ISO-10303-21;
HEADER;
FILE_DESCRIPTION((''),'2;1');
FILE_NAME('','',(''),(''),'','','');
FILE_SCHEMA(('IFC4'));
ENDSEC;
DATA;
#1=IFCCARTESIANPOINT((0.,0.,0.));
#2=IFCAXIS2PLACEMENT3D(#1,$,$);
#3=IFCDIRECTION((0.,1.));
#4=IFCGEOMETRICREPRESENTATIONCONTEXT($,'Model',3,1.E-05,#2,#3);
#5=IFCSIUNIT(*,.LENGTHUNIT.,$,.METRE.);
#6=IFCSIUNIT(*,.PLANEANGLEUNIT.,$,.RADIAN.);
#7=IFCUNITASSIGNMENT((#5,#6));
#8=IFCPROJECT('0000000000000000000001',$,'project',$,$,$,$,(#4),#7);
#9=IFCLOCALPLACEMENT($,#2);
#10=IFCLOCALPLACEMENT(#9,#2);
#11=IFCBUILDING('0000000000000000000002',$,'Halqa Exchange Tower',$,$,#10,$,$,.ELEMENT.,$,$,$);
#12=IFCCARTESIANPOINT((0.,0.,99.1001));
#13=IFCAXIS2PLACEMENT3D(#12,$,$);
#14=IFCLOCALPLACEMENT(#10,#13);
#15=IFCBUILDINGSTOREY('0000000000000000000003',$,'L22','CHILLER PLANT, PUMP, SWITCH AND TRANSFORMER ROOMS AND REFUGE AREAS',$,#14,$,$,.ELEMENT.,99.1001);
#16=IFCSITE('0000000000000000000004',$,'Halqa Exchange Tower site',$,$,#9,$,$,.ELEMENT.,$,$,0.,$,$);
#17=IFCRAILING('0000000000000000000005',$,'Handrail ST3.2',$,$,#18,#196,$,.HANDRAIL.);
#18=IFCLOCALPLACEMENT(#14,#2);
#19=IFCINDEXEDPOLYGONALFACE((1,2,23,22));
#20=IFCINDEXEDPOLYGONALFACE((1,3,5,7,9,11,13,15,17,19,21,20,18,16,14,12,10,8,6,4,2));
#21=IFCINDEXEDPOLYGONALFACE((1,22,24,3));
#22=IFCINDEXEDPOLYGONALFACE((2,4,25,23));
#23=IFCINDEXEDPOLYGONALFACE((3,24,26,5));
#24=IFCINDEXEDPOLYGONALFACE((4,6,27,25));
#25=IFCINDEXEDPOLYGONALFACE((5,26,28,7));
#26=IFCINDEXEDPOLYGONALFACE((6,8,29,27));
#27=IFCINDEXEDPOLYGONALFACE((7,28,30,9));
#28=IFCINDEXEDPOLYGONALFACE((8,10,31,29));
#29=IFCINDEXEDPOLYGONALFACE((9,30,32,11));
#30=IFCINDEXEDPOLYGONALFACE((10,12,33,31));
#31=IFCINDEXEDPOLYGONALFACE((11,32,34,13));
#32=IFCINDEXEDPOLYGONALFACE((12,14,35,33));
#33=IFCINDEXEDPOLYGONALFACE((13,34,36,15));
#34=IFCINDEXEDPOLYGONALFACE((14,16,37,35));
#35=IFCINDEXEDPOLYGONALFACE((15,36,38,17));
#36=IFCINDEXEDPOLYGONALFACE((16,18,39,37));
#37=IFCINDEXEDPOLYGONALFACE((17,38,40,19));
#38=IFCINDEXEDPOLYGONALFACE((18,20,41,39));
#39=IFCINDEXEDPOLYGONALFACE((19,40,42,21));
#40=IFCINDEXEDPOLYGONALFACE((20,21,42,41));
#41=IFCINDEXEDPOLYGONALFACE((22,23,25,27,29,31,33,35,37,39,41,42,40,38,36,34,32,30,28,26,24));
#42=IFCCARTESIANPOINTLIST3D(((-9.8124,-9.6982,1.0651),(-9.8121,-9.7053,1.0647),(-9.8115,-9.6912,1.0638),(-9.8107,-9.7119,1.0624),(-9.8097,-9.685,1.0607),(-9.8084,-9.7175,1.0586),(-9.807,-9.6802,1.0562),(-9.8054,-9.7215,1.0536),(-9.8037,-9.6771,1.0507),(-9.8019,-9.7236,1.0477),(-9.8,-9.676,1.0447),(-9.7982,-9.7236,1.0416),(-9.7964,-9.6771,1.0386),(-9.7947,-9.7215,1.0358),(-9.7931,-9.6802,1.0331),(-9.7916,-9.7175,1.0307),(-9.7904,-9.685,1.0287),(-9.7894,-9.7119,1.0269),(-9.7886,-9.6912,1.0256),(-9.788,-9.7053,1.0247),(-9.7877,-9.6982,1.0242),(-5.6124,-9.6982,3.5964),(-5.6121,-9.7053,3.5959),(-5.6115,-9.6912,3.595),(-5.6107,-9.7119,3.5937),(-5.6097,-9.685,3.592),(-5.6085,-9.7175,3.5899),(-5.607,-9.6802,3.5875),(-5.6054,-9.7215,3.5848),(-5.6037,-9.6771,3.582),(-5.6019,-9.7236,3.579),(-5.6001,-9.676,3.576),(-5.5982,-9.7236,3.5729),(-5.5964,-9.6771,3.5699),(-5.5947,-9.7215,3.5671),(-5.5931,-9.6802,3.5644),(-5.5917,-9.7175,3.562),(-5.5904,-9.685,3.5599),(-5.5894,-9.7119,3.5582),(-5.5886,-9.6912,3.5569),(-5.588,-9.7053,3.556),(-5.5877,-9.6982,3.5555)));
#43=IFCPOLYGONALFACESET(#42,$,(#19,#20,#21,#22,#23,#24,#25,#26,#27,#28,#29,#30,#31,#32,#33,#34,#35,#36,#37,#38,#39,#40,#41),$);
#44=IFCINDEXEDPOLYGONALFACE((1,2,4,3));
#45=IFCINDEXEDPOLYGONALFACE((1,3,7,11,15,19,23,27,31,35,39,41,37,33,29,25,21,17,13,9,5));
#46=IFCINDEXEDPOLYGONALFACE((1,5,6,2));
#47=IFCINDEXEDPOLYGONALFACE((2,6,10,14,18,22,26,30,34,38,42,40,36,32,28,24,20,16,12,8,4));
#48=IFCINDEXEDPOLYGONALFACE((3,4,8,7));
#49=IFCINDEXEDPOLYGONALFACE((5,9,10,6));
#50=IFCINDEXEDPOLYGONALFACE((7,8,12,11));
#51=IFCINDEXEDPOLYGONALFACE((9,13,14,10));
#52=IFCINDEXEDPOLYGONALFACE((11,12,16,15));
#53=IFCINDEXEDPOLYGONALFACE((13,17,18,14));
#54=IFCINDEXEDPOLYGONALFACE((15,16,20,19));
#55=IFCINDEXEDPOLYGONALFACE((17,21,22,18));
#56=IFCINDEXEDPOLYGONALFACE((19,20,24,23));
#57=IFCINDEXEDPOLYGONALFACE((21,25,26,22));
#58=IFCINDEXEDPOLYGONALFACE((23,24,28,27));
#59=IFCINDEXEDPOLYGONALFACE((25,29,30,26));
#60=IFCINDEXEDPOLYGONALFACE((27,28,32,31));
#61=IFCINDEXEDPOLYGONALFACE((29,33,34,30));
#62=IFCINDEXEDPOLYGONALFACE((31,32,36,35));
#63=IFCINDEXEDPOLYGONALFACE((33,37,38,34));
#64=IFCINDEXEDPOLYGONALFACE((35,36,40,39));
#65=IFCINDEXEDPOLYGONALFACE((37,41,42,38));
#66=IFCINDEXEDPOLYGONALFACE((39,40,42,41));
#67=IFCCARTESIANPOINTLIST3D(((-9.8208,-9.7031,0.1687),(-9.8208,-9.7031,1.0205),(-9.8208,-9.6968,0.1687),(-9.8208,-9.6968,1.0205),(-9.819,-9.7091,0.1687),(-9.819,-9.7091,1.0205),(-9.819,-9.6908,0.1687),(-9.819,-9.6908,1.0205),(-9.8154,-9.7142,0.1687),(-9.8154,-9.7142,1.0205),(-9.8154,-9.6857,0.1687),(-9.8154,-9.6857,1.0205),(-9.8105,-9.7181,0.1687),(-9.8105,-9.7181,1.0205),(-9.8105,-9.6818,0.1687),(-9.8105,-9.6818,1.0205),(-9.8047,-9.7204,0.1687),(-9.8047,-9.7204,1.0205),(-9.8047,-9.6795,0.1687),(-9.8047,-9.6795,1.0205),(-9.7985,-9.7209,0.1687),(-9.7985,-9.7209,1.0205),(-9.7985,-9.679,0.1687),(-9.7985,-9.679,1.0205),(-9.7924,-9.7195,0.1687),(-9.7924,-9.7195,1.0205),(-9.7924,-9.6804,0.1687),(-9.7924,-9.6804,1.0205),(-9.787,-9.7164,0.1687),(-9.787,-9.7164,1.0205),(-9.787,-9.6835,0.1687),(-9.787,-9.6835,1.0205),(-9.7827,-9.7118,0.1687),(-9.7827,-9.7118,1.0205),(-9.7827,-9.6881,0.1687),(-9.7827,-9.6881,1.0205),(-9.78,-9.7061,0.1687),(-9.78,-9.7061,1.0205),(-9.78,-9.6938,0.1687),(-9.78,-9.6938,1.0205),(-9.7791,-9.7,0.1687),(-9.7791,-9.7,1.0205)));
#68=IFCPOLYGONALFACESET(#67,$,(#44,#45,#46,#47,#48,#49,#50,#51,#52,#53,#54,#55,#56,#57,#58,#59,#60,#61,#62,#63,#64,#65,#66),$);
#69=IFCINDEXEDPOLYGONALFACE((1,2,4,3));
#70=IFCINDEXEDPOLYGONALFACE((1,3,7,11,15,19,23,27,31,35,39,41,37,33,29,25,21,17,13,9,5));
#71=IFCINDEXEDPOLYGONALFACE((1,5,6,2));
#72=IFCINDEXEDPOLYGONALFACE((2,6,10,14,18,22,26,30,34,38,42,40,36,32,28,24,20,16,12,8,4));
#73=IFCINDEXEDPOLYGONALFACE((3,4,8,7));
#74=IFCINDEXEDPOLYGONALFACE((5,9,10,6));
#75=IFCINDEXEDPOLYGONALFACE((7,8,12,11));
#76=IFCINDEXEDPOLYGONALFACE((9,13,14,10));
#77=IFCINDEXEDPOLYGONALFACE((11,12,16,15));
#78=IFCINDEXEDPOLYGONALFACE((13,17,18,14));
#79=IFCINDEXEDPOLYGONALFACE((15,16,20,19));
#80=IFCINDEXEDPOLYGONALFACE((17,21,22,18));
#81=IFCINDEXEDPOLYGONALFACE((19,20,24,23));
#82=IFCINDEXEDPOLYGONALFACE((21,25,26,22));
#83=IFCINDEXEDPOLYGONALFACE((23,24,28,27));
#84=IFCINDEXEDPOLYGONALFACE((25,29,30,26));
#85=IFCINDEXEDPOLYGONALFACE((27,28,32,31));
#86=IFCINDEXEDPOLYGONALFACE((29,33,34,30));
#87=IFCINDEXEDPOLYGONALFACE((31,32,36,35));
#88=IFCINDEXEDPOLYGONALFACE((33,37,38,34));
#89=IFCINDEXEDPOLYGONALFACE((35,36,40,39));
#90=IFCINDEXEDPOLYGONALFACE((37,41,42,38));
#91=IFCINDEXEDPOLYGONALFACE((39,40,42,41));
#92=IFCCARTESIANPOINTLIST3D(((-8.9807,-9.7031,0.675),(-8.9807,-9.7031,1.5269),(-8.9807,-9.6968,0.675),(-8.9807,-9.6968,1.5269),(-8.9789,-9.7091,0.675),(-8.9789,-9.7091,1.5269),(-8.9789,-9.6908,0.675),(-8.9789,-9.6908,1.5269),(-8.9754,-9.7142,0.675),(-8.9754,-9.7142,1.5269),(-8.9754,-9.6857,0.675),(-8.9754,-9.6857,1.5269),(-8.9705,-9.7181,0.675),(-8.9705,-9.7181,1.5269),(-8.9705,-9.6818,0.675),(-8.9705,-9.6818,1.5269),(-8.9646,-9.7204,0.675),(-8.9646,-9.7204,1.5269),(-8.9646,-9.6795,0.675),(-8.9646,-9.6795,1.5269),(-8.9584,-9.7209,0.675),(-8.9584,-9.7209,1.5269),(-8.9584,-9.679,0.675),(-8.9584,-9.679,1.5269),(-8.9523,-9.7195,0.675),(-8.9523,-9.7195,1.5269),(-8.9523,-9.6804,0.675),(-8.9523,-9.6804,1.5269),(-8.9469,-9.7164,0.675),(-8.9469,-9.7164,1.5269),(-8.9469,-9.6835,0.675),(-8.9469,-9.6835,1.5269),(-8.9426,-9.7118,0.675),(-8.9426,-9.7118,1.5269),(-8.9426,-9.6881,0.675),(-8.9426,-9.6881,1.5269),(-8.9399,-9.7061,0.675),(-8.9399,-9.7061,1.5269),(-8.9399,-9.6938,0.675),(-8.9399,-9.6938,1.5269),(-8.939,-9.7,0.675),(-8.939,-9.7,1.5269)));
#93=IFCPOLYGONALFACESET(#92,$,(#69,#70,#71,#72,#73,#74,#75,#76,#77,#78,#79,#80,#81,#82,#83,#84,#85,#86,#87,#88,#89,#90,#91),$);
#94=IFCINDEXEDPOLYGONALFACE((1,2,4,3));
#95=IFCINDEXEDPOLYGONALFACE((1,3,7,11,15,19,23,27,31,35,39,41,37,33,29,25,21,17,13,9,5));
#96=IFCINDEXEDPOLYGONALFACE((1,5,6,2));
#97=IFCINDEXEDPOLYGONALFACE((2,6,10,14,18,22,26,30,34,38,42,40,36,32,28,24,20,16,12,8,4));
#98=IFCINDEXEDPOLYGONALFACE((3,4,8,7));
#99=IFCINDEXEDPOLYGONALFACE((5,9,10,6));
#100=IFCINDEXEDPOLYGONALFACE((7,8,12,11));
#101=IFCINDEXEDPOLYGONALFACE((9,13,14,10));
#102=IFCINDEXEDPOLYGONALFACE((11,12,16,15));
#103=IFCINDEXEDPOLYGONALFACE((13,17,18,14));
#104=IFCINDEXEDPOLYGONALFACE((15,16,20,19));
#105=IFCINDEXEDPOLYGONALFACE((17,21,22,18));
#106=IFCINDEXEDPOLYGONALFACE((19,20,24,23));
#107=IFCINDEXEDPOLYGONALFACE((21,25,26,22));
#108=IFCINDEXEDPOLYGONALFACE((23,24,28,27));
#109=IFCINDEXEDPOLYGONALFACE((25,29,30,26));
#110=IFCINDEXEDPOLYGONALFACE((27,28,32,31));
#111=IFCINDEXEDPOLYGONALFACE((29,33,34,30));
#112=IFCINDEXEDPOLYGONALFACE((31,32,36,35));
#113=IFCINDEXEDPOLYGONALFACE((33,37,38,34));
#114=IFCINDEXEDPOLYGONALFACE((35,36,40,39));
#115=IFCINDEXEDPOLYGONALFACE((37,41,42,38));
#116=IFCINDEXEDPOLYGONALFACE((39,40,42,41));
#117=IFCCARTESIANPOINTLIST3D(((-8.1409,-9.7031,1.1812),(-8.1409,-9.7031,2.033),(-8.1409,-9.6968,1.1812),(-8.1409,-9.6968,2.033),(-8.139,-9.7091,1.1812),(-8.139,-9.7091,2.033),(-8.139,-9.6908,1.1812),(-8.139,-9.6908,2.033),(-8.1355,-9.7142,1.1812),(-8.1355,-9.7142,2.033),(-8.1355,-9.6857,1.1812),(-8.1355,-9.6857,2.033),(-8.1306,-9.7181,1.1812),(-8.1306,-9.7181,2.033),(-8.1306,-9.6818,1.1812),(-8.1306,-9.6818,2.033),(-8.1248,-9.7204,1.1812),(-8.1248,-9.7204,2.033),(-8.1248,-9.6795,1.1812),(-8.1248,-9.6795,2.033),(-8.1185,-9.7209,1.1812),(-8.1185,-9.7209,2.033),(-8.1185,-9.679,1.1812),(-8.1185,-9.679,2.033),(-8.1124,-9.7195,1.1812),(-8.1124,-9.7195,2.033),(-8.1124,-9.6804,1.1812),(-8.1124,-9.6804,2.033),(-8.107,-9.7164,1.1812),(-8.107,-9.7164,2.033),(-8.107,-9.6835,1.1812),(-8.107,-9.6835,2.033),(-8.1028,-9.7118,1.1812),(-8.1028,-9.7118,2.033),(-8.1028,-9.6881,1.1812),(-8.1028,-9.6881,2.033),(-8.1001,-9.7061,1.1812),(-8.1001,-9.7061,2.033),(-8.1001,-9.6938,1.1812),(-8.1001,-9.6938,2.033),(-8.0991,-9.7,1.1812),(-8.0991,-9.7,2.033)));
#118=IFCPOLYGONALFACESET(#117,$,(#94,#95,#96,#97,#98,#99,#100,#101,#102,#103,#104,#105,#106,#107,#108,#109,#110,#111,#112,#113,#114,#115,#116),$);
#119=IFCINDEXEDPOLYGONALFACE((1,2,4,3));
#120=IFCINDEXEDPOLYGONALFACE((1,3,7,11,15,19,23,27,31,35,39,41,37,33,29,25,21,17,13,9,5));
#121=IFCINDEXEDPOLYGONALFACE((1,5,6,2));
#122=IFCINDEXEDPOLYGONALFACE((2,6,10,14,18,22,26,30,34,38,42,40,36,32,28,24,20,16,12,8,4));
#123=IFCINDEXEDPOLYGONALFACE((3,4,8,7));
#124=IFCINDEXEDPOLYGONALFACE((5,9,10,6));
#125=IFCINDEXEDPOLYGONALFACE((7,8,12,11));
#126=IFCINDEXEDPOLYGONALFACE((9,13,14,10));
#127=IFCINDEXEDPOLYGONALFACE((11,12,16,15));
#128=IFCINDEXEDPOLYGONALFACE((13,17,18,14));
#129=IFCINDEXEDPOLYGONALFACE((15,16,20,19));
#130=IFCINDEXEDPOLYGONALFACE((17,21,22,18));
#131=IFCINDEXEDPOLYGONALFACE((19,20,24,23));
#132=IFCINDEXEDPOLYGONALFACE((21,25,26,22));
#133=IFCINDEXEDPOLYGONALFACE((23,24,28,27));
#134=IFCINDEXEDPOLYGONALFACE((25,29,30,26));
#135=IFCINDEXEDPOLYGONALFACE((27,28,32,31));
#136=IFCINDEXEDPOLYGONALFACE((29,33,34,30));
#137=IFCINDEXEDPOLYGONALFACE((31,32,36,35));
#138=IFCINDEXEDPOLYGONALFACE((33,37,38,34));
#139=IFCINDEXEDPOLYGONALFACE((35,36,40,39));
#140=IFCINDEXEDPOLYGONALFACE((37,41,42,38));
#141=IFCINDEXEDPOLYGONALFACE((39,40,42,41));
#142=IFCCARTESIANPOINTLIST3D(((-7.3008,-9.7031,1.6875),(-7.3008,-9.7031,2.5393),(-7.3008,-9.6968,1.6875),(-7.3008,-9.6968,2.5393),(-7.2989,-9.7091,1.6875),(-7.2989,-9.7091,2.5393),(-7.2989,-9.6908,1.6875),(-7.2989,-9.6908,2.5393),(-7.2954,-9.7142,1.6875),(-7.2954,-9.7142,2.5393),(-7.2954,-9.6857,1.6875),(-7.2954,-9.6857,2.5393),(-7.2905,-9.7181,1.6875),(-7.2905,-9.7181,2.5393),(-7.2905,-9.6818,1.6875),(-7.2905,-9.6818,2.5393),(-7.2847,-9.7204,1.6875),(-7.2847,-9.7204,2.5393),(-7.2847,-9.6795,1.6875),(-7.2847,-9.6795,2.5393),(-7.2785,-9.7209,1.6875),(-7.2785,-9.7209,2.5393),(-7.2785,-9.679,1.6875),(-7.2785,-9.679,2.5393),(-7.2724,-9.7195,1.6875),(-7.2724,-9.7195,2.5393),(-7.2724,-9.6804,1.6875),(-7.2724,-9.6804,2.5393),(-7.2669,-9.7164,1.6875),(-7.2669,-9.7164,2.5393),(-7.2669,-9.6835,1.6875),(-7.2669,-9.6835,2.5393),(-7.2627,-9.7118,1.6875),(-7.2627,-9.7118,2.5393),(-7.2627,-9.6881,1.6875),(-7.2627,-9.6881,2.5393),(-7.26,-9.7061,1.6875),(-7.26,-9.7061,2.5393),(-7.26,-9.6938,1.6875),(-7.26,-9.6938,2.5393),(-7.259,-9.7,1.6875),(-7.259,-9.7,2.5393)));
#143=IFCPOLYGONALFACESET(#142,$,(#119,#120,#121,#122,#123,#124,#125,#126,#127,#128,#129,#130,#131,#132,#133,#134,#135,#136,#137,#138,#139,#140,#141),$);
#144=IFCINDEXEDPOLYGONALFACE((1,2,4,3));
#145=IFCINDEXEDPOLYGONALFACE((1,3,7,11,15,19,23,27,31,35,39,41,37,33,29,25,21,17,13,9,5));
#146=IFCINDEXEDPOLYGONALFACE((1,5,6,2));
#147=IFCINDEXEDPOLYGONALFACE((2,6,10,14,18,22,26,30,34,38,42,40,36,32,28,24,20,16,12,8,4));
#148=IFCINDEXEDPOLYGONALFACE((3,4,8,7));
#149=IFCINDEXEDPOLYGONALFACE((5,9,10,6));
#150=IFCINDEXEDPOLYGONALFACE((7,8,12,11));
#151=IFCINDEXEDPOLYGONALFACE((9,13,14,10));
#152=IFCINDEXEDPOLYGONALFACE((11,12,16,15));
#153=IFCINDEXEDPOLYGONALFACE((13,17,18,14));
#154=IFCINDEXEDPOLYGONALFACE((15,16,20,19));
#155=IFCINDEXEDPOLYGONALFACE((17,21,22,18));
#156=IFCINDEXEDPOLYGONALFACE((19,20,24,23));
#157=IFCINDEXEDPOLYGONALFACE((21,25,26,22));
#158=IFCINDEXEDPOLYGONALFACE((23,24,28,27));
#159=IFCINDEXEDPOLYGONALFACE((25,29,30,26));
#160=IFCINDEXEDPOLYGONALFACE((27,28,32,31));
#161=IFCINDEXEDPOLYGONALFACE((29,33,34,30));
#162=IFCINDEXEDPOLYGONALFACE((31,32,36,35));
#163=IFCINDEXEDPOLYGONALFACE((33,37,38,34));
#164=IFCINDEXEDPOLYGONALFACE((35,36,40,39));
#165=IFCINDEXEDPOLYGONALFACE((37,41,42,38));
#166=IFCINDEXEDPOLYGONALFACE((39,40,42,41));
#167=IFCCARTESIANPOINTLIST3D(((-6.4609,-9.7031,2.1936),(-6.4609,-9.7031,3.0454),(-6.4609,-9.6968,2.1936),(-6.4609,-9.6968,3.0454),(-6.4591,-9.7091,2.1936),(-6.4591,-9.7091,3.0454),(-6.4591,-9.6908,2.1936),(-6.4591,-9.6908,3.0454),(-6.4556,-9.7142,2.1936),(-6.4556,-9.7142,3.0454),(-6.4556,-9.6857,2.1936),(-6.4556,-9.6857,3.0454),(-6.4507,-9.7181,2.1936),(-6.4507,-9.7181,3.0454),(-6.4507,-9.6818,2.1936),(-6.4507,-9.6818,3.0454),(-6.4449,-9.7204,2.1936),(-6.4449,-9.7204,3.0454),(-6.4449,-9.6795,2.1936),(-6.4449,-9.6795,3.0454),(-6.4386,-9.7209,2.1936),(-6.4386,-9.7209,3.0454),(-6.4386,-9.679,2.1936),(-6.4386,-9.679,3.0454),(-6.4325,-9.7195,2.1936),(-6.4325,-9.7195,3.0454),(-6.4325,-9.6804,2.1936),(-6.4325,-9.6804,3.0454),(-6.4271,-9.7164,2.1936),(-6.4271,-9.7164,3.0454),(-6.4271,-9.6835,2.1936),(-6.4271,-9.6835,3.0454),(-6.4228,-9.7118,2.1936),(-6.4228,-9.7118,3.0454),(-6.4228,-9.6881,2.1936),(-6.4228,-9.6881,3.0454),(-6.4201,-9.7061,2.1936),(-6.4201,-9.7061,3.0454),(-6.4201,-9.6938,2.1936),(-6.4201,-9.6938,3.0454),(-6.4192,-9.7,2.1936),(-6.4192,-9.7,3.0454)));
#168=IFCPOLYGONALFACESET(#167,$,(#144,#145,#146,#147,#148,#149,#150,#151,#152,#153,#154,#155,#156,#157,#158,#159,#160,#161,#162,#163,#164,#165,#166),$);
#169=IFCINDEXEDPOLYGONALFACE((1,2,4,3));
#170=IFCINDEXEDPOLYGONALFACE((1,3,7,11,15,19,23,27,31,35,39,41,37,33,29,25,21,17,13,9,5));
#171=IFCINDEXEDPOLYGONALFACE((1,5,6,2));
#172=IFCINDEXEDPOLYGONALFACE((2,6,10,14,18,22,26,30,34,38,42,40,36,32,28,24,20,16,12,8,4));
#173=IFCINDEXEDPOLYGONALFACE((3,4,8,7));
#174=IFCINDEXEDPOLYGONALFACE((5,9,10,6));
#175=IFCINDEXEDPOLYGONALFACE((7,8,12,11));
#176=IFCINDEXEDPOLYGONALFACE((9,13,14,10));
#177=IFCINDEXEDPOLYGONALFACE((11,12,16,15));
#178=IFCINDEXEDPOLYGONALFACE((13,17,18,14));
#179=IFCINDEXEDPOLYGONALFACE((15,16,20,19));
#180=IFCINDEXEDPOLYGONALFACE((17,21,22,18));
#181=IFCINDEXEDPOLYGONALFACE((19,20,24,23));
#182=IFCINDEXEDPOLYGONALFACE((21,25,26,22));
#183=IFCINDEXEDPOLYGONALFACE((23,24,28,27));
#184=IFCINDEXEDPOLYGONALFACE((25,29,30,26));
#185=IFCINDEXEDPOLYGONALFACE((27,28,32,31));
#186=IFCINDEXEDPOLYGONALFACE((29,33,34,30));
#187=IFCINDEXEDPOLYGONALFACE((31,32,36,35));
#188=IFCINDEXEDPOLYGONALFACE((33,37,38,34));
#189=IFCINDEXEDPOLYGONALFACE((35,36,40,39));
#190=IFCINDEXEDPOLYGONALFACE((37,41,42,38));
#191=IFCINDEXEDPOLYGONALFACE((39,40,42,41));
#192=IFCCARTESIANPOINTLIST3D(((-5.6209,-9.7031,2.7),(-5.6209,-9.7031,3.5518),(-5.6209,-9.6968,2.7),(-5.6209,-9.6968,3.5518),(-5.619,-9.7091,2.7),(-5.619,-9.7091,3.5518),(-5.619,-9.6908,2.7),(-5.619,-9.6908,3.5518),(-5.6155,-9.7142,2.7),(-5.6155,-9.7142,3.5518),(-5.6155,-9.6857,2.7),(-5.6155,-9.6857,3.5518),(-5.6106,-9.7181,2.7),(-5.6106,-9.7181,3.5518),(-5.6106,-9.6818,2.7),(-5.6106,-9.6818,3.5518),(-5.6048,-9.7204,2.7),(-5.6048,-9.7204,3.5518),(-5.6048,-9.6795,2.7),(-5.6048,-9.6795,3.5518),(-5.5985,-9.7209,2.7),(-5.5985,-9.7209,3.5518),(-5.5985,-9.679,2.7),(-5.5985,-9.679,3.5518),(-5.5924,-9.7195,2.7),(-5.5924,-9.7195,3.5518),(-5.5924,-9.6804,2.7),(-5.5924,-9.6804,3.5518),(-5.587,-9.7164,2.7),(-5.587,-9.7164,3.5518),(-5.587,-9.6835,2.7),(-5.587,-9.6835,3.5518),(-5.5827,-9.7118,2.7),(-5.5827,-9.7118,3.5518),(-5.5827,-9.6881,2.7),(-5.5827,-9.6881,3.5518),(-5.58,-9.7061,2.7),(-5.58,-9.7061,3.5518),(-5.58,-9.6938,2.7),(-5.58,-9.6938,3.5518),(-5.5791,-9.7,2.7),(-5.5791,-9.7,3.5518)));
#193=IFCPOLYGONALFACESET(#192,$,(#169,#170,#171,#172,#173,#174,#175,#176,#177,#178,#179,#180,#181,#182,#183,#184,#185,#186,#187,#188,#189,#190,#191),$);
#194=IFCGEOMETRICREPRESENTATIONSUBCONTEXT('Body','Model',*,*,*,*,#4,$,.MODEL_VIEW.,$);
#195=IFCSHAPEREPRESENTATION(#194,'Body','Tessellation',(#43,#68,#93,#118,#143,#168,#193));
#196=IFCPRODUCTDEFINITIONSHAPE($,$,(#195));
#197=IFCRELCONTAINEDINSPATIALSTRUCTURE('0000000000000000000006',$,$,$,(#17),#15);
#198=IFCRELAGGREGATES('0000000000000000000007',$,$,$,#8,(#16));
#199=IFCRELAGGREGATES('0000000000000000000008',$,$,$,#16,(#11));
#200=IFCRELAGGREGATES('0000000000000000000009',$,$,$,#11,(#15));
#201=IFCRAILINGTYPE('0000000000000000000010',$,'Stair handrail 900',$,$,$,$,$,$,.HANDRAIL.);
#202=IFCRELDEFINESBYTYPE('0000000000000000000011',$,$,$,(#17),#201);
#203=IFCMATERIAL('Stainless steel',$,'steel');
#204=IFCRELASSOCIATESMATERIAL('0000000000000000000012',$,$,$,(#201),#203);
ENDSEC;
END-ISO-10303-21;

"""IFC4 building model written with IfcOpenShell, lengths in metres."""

from ifc_helpers import new_model, si_unit, direction, frame, origin, origin_2d, place, context, subcontext, project, spatial, circle, extrude, material, type_object, element, save


model = new_model("IFC4")

# Units and contexts
model_context = context("Model", 3, precision=1e-05, world=origin(), true_north=direction((0.0, 1.0)))
body_context = subcontext(model_context, "Body", "Model", "MODEL_VIEW")
ifc_project = project(units=[si_unit("LENGTHUNIT", "METRE"), si_unit("PLANEANGLEUNIT", "RADIAN")], contexts=[model_context])

# Site, building, storey
site_placement = place(None, origin())
site = spatial("IfcSite", under=ifc_project, at=site_placement, Name="Halqa Exchange Tower site", CompositionType="ELEMENT", RefElevation=0.0)
building_placement = place(site_placement, origin())
building = spatial("IfcBuilding", under=site, at=building_placement, Name="Halqa Exchange Tower", CompositionType="ELEMENT")
storey_placement = place(building_placement, frame((0.0, 0.0, 99.1001)))
storey = spatial("IfcBuildingStorey", under=building, at=storey_placement, Name="L22", Description="CHILLER PLANT, PUMP, SWITCH AND TRANSFORMER ROOMS AND REFUGE AREAS", CompositionType="ELEMENT", Elevation=99.1001)

# Railing
ifc_material_1 = material(Name="Stainless steel", Category="steel")
railing_type_1 = type_object("IfcRailingType", Name="Stair handrail 900", PredefinedType="HANDRAIL", material=ifc_material_1)
railing_1_placement = place(storey_placement, frame((-9.8, -9.7, 0.1687)))
element("IfcRailing", 1, at=railing_1_placement, inside=storey, type_object=railing_type_1, Name="Handrail ST3.2", PredefinedType="HANDRAIL", context=body_context, shape_type="SweptSolid", body=[
    extrude(circle(Radius=0.0239, at=origin_2d()), frame((0.0, 0.0, 0.876), z_axis=(0.856476, 0.0, 0.516186), x_axis=(0.0, 1.0, 0.0)), (0.0, 0.0, 1.0), 4.9038),
    extrude(circle(Radius=0.021, at=origin_2d()), origin(), (0.0, 0.0, 1.0), 0.8518),
    extrude(circle(Radius=0.021, at=origin_2d()), frame((0.8401, 0.0, 0.5063)), (0.0, 0.0, 1.0), 0.8518),
    extrude(circle(Radius=0.021, at=origin_2d()), frame((1.6799, 0.0, 1.0125)), (0.0, 0.0, 1.0), 0.8518),
    extrude(circle(Radius=0.021, at=origin_2d()), frame((2.52, 0.0, 1.5188)), (0.0, 0.0, 1.0), 0.8518),
    extrude(circle(Radius=0.021, at=origin_2d()), frame((3.3599, 0.0, 2.0249)), (0.0, 0.0, 1.0), 0.8518),
    extrude(circle(Radius=0.021, at=origin_2d()), frame((4.2, 0.0, 2.5312)), (0.0, 0.0, 1.0), 0.8518),
])

save(model, "model.ifc")
